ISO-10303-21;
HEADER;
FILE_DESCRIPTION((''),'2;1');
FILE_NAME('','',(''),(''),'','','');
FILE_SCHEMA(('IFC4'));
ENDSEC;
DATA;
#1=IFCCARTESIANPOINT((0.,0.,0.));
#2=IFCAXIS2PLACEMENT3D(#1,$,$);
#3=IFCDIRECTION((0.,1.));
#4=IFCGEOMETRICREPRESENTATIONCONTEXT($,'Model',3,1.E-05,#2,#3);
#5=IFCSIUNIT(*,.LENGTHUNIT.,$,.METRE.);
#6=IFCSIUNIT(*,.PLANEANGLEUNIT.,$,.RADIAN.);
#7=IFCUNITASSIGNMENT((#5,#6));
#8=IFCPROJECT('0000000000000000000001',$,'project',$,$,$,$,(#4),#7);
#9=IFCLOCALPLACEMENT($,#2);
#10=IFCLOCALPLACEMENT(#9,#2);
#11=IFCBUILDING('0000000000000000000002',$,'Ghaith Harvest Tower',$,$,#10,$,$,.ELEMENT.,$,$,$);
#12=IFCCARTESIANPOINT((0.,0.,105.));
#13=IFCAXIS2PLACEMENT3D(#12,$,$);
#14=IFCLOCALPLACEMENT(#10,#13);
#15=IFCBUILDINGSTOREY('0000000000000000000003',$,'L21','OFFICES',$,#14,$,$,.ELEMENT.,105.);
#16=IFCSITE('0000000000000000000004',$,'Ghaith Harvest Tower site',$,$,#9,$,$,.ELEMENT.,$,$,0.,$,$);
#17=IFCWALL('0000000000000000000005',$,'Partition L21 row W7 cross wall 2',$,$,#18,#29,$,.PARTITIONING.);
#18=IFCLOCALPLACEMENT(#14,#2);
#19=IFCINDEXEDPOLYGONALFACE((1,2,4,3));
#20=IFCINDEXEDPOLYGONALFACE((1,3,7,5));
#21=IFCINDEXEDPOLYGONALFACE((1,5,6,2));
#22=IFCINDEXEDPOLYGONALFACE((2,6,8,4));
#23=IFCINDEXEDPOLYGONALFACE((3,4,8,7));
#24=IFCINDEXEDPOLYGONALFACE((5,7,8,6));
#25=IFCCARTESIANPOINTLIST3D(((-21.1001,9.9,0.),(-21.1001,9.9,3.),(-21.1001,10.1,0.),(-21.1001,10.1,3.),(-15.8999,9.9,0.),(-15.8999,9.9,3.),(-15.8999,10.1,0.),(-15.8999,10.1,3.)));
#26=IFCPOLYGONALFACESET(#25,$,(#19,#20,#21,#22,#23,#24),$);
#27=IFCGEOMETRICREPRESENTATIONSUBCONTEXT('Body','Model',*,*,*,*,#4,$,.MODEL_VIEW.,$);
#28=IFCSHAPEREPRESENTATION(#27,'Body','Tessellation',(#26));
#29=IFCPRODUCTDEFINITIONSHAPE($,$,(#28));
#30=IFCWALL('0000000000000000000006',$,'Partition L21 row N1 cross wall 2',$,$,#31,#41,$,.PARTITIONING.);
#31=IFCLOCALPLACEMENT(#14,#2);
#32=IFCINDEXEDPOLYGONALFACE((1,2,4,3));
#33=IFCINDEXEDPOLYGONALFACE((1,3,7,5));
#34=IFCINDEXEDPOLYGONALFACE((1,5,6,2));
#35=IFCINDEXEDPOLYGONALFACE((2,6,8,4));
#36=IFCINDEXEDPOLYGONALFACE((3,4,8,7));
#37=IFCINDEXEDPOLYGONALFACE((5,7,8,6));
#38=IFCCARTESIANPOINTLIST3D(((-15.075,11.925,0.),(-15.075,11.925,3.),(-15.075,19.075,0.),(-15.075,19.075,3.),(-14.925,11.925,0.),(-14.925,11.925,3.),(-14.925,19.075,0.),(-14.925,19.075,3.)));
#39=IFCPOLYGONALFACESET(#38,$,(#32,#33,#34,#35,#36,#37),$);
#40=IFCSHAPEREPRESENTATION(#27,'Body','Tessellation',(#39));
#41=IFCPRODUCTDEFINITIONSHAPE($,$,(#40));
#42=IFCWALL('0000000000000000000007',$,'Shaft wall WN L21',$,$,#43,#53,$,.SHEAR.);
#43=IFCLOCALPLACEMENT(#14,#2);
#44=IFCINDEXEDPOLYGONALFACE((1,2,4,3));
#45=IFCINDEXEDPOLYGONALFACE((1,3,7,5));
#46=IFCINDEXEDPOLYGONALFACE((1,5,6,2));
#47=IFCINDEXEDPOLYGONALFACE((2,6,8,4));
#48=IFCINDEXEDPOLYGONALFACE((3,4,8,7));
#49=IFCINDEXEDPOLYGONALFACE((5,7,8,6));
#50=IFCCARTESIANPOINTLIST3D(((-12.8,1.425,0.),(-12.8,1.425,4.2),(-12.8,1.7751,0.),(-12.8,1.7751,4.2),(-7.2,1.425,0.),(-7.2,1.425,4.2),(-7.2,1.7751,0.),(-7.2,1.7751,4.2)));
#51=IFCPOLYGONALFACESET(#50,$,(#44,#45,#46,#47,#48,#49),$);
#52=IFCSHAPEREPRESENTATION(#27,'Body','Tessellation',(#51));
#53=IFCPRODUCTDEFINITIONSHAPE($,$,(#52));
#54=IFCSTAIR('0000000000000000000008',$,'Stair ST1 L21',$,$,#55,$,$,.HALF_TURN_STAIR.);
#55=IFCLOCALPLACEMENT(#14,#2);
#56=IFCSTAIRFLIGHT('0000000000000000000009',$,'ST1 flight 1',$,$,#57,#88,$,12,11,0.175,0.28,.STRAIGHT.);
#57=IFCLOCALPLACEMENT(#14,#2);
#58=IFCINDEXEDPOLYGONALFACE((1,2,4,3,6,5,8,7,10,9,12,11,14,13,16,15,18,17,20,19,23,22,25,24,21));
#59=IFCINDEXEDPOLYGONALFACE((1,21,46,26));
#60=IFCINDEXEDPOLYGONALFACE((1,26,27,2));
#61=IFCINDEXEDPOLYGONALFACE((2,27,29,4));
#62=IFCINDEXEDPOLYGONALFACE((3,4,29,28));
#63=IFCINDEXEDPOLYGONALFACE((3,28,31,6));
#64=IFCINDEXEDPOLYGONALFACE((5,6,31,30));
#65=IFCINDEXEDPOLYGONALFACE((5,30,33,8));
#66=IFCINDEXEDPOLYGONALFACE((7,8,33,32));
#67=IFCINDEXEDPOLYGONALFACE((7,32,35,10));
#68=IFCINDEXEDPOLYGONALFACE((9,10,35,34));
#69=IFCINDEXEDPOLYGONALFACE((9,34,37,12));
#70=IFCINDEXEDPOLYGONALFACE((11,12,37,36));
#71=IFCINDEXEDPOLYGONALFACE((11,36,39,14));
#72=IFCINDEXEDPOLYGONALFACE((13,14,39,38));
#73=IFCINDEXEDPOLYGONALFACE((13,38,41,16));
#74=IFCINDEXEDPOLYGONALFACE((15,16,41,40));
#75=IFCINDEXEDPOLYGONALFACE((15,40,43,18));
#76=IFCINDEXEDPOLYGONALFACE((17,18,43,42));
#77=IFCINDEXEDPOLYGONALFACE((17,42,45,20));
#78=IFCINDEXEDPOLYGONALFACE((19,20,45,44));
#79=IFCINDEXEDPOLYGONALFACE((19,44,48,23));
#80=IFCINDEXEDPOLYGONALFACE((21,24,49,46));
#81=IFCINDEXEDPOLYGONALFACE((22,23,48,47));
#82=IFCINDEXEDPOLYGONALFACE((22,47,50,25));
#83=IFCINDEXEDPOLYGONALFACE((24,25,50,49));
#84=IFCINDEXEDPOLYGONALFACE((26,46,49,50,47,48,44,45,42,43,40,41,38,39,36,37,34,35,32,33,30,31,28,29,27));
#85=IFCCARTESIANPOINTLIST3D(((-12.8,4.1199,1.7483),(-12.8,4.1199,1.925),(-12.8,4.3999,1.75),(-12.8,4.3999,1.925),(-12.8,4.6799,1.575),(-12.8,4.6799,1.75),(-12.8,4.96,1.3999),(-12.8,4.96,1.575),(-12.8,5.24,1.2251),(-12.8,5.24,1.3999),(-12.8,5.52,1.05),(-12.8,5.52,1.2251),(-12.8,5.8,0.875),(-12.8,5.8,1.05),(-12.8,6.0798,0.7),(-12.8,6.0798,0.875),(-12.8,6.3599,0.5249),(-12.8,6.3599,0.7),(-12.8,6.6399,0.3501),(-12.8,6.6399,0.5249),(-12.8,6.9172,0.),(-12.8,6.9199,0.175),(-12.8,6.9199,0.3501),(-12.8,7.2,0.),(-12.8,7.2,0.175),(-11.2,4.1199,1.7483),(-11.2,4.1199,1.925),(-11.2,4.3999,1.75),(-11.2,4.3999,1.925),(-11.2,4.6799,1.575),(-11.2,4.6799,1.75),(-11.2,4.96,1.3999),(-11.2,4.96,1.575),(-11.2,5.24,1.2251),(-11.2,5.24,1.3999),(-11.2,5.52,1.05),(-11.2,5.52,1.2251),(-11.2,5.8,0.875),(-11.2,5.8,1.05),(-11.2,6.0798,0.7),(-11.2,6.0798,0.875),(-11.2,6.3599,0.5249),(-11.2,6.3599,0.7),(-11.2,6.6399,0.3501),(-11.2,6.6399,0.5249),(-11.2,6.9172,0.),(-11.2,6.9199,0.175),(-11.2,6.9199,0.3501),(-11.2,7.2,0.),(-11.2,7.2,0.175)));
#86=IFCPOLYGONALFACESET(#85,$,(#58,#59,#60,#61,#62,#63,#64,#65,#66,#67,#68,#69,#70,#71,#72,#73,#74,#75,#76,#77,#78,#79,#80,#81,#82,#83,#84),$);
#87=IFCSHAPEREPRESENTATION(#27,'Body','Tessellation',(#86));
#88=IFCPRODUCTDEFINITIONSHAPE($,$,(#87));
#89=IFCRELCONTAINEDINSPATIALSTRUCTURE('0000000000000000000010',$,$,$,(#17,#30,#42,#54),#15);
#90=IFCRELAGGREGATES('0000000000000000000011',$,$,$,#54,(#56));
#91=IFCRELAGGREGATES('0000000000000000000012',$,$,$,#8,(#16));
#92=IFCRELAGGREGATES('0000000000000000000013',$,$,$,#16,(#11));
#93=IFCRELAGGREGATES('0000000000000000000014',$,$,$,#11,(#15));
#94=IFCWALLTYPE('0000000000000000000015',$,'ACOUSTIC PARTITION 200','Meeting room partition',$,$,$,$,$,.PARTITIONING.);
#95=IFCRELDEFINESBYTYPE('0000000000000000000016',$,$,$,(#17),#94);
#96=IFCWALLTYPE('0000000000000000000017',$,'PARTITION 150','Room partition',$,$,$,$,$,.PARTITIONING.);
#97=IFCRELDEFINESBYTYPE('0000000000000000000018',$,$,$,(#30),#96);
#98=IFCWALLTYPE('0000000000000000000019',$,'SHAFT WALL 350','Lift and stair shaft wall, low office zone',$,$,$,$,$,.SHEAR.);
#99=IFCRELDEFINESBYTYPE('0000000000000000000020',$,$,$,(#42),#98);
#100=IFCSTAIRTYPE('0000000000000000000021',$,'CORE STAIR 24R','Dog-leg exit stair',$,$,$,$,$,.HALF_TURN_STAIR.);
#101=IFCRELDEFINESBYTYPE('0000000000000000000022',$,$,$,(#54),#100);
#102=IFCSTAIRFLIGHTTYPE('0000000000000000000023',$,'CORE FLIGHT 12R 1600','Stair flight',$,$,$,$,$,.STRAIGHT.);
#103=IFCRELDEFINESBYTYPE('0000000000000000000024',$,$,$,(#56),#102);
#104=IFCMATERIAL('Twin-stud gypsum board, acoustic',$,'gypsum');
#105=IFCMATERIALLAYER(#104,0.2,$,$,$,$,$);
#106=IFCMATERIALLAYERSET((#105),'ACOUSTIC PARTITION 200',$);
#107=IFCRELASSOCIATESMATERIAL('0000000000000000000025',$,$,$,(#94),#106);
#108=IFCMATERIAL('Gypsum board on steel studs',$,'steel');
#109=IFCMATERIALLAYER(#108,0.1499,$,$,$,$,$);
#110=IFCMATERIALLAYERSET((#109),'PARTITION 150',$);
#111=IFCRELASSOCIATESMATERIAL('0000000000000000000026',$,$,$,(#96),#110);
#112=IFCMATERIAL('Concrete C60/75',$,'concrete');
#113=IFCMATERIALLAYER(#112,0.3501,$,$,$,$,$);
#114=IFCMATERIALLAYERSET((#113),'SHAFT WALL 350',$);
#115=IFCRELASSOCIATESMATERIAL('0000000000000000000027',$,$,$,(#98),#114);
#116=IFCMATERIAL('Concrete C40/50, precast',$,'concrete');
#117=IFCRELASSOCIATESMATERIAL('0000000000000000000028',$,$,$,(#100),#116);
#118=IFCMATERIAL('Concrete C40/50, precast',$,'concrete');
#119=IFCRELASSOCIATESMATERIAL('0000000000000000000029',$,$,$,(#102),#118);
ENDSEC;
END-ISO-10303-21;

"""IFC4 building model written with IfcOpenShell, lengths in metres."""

from ifc_helpers import new_model, si_unit, direction, frame, frame_2d, origin, place, context, subcontext, project, spatial, polyline, rectangle, outline, extrude, material, layer, layer_set, type_object, element, aggregate, save


model = new_model("IFC4")

# Units and contexts
model_context = context("Model", 3, precision=1e-05, world=origin(), true_north=direction((0.0, 1.0)))
body_context = subcontext(model_context, "Body", "Model", "MODEL_VIEW")
ifc_project = project(units=[si_unit("LENGTHUNIT", "METRE"), si_unit("PLANEANGLEUNIT", "RADIAN")], contexts=[model_context])

# Site, building, storey
site_placement = place(None, origin())
site = spatial("IfcSite", under=ifc_project, at=site_placement, Name="Ghaith Harvest Tower site", CompositionType="ELEMENT", RefElevation=0.0)
building_placement = place(site_placement, origin())
building = spatial("IfcBuilding", under=site, at=building_placement, Name="Ghaith Harvest Tower", CompositionType="ELEMENT")
storey_placement = place(building_placement, frame((0.0, 0.0, 105.0)))
storey = spatial("IfcBuildingStorey", under=building, at=storey_placement, Name="L21", Description="OFFICES", CompositionType="ELEMENT", Elevation=105.0)

# Wall
ifc_material_1 = material(Name="Twin-stud gypsum board, acoustic", Category="gypsum")
ifc_layer_1 = layer(ifc_material_1, 0.2)
ifc_layer_set_1 = layer_set([ifc_layer_1], Name="ACOUSTIC PARTITION 200")
wall_type_1 = type_object("IfcWallType", Name="ACOUSTIC PARTITION 200", Description="Meeting room partition", PredefinedType="PARTITIONING", material=ifc_layer_set_1)
for number, where, z_axis, x_axis, name in (
    (1, (-15.8999, 10.0, 0.0), (0.0, 0.0, 1.0), (-1.0, 0.0, 0.0), "Partition L21 row W7 cross wall 2"),
):
    element("IfcWall", number, at=place(storey_placement, frame(where, z_axis=z_axis, x_axis=x_axis)), inside=storey, type_object=wall_type_1, Name=name, PredefinedType="PARTITIONING", context=body_context, shape_type="SweptSolid", body=[
        extrude(rectangle(XDim=5.2002, YDim=0.2, at=frame_2d((2.6001, 0.0))), origin(), (0.0, 0.0, 1.0), 3.0),
    ])

# Walls
ifc_material_2 = material(Name="Gypsum board on steel studs", Category="steel")
ifc_layer_2 = layer(ifc_material_2, 0.1499)
ifc_layer_set_2 = layer_set([ifc_layer_2], Name="PARTITION 150")
wall_type_2 = type_object("IfcWallType", Name="PARTITION 150", Description="Room partition", PredefinedType="PARTITIONING", material=ifc_layer_set_2)
wall_1_placement = place(storey_placement, frame((-15.0, 11.925, 0.0), z_axis=(0.0, 0.0, 1.0), x_axis=(0.0, 1.0, 0.0)))
element("IfcWall", 2, at=wall_1_placement, inside=storey, type_object=wall_type_2, Name="Partition L21 row N1 cross wall 2", PredefinedType="PARTITIONING", context=body_context, shape_type="SweptSolid", body=[
    extrude(rectangle(XDim=7.1499, YDim=0.1499, at=frame_2d((3.575, 0.0))), origin(), (0.0, 0.0, 1.0), 3.0),
])
ifc_material_3 = material(Name="Concrete C60/75", Category="concrete")
ifc_layer_3 = layer(ifc_material_3, 0.3501)
ifc_layer_set_3 = layer_set([ifc_layer_3], Name="SHAFT WALL 350")
wall_type_3 = type_object("IfcWallType", Name="SHAFT WALL 350", Description="Lift and stair shaft wall, low office zone", PredefinedType="SHEAR", material=ifc_layer_set_3)
wall_2_placement = place(storey_placement, frame((-12.8, 1.6001, 0.0), z_axis=(0.0, 0.0, 1.0), x_axis=(1.0, 0.0, 0.0)))
element("IfcWall", 3, at=wall_2_placement, inside=storey, type_object=wall_type_3, Name="Shaft wall WN L21", PredefinedType="SHEAR", context=body_context, shape_type="SweptSolid", body=[
    extrude(rectangle(XDim=5.6001, YDim=0.3501, at=frame_2d((2.8, 0.0))), origin(), (0.0, 0.0, 1.0), 4.2),
])

# Stair, stair flight
ifc_material_4 = material(Name="Concrete C40/50, precast", Category="concrete")
stair_type = type_object("IfcStairType", Name="CORE STAIR 24R", Description="Dog-leg exit stair", PredefinedType="HALF_TURN_STAIR", material=ifc_material_4)
stair_placement = place(storey_placement, origin())
stair = element("IfcStair", 4, at=stair_placement, inside=storey, type_object=stair_type, Name="Stair ST1 L21", PredefinedType="HALF_TURN_STAIR")
ifc_material_5 = material(Name="Concrete C40/50, precast", Category="concrete")
stair_flight_type = type_object("IfcStairFlightType", Name="CORE FLIGHT 12R 1600", Description="Stair flight", PredefinedType="STRAIGHT", material=ifc_material_5)
stair_flight_placement = place(storey_placement, frame((-12.0, 7.2, 0.0), z_axis=(0.0, 0.0, 1.0), x_axis=(0.0, -1.0, 0.0)))
stair_flight = element("IfcStairFlight", 5, at=stair_flight_placement, type_object=stair_flight_type, Name="ST1 flight 1", NumberOfRisers=12, NumberOfTreads=11, PredefinedType="STRAIGHT", RiserHeight=0.175, TreadLength=0.28, context=body_context, shape_type="SweptSolid", body=[
    extrude(outline(polyline([(0.0, 0.0), (0.0, 0.175), (0.28, 0.175), (0.28, 0.3501), (0.5601, 0.3501), (0.5601, 0.5249), (0.8401, 0.5249), (0.8401, 0.7), (1.1201, 0.7), (1.1201, 0.875), (1.3999, 0.875), (1.3999, 1.05), (1.6799, 1.05), (1.6799, 1.2251), (1.96, 1.2251), (1.96, 1.3999), (2.24, 1.3999), (2.24, 1.575), (2.52, 1.575), (2.52, 1.75), (2.8, 1.75), (2.8, 1.925), (3.0801, 1.925), (3.0801, 2.1001), (3.0801, 1.7483), (0.2827, 0.0), (0.0, 0.0)])), frame((0.0, 0.8, 0.0), z_axis=(0.0, -1.0, 0.0), x_axis=(1.0, 0.0, 0.0)), (0.0, 0.0, 1.0), 1.6001),
])
aggregate(stair, [stair_flight])

save(model, "model.ifc")
